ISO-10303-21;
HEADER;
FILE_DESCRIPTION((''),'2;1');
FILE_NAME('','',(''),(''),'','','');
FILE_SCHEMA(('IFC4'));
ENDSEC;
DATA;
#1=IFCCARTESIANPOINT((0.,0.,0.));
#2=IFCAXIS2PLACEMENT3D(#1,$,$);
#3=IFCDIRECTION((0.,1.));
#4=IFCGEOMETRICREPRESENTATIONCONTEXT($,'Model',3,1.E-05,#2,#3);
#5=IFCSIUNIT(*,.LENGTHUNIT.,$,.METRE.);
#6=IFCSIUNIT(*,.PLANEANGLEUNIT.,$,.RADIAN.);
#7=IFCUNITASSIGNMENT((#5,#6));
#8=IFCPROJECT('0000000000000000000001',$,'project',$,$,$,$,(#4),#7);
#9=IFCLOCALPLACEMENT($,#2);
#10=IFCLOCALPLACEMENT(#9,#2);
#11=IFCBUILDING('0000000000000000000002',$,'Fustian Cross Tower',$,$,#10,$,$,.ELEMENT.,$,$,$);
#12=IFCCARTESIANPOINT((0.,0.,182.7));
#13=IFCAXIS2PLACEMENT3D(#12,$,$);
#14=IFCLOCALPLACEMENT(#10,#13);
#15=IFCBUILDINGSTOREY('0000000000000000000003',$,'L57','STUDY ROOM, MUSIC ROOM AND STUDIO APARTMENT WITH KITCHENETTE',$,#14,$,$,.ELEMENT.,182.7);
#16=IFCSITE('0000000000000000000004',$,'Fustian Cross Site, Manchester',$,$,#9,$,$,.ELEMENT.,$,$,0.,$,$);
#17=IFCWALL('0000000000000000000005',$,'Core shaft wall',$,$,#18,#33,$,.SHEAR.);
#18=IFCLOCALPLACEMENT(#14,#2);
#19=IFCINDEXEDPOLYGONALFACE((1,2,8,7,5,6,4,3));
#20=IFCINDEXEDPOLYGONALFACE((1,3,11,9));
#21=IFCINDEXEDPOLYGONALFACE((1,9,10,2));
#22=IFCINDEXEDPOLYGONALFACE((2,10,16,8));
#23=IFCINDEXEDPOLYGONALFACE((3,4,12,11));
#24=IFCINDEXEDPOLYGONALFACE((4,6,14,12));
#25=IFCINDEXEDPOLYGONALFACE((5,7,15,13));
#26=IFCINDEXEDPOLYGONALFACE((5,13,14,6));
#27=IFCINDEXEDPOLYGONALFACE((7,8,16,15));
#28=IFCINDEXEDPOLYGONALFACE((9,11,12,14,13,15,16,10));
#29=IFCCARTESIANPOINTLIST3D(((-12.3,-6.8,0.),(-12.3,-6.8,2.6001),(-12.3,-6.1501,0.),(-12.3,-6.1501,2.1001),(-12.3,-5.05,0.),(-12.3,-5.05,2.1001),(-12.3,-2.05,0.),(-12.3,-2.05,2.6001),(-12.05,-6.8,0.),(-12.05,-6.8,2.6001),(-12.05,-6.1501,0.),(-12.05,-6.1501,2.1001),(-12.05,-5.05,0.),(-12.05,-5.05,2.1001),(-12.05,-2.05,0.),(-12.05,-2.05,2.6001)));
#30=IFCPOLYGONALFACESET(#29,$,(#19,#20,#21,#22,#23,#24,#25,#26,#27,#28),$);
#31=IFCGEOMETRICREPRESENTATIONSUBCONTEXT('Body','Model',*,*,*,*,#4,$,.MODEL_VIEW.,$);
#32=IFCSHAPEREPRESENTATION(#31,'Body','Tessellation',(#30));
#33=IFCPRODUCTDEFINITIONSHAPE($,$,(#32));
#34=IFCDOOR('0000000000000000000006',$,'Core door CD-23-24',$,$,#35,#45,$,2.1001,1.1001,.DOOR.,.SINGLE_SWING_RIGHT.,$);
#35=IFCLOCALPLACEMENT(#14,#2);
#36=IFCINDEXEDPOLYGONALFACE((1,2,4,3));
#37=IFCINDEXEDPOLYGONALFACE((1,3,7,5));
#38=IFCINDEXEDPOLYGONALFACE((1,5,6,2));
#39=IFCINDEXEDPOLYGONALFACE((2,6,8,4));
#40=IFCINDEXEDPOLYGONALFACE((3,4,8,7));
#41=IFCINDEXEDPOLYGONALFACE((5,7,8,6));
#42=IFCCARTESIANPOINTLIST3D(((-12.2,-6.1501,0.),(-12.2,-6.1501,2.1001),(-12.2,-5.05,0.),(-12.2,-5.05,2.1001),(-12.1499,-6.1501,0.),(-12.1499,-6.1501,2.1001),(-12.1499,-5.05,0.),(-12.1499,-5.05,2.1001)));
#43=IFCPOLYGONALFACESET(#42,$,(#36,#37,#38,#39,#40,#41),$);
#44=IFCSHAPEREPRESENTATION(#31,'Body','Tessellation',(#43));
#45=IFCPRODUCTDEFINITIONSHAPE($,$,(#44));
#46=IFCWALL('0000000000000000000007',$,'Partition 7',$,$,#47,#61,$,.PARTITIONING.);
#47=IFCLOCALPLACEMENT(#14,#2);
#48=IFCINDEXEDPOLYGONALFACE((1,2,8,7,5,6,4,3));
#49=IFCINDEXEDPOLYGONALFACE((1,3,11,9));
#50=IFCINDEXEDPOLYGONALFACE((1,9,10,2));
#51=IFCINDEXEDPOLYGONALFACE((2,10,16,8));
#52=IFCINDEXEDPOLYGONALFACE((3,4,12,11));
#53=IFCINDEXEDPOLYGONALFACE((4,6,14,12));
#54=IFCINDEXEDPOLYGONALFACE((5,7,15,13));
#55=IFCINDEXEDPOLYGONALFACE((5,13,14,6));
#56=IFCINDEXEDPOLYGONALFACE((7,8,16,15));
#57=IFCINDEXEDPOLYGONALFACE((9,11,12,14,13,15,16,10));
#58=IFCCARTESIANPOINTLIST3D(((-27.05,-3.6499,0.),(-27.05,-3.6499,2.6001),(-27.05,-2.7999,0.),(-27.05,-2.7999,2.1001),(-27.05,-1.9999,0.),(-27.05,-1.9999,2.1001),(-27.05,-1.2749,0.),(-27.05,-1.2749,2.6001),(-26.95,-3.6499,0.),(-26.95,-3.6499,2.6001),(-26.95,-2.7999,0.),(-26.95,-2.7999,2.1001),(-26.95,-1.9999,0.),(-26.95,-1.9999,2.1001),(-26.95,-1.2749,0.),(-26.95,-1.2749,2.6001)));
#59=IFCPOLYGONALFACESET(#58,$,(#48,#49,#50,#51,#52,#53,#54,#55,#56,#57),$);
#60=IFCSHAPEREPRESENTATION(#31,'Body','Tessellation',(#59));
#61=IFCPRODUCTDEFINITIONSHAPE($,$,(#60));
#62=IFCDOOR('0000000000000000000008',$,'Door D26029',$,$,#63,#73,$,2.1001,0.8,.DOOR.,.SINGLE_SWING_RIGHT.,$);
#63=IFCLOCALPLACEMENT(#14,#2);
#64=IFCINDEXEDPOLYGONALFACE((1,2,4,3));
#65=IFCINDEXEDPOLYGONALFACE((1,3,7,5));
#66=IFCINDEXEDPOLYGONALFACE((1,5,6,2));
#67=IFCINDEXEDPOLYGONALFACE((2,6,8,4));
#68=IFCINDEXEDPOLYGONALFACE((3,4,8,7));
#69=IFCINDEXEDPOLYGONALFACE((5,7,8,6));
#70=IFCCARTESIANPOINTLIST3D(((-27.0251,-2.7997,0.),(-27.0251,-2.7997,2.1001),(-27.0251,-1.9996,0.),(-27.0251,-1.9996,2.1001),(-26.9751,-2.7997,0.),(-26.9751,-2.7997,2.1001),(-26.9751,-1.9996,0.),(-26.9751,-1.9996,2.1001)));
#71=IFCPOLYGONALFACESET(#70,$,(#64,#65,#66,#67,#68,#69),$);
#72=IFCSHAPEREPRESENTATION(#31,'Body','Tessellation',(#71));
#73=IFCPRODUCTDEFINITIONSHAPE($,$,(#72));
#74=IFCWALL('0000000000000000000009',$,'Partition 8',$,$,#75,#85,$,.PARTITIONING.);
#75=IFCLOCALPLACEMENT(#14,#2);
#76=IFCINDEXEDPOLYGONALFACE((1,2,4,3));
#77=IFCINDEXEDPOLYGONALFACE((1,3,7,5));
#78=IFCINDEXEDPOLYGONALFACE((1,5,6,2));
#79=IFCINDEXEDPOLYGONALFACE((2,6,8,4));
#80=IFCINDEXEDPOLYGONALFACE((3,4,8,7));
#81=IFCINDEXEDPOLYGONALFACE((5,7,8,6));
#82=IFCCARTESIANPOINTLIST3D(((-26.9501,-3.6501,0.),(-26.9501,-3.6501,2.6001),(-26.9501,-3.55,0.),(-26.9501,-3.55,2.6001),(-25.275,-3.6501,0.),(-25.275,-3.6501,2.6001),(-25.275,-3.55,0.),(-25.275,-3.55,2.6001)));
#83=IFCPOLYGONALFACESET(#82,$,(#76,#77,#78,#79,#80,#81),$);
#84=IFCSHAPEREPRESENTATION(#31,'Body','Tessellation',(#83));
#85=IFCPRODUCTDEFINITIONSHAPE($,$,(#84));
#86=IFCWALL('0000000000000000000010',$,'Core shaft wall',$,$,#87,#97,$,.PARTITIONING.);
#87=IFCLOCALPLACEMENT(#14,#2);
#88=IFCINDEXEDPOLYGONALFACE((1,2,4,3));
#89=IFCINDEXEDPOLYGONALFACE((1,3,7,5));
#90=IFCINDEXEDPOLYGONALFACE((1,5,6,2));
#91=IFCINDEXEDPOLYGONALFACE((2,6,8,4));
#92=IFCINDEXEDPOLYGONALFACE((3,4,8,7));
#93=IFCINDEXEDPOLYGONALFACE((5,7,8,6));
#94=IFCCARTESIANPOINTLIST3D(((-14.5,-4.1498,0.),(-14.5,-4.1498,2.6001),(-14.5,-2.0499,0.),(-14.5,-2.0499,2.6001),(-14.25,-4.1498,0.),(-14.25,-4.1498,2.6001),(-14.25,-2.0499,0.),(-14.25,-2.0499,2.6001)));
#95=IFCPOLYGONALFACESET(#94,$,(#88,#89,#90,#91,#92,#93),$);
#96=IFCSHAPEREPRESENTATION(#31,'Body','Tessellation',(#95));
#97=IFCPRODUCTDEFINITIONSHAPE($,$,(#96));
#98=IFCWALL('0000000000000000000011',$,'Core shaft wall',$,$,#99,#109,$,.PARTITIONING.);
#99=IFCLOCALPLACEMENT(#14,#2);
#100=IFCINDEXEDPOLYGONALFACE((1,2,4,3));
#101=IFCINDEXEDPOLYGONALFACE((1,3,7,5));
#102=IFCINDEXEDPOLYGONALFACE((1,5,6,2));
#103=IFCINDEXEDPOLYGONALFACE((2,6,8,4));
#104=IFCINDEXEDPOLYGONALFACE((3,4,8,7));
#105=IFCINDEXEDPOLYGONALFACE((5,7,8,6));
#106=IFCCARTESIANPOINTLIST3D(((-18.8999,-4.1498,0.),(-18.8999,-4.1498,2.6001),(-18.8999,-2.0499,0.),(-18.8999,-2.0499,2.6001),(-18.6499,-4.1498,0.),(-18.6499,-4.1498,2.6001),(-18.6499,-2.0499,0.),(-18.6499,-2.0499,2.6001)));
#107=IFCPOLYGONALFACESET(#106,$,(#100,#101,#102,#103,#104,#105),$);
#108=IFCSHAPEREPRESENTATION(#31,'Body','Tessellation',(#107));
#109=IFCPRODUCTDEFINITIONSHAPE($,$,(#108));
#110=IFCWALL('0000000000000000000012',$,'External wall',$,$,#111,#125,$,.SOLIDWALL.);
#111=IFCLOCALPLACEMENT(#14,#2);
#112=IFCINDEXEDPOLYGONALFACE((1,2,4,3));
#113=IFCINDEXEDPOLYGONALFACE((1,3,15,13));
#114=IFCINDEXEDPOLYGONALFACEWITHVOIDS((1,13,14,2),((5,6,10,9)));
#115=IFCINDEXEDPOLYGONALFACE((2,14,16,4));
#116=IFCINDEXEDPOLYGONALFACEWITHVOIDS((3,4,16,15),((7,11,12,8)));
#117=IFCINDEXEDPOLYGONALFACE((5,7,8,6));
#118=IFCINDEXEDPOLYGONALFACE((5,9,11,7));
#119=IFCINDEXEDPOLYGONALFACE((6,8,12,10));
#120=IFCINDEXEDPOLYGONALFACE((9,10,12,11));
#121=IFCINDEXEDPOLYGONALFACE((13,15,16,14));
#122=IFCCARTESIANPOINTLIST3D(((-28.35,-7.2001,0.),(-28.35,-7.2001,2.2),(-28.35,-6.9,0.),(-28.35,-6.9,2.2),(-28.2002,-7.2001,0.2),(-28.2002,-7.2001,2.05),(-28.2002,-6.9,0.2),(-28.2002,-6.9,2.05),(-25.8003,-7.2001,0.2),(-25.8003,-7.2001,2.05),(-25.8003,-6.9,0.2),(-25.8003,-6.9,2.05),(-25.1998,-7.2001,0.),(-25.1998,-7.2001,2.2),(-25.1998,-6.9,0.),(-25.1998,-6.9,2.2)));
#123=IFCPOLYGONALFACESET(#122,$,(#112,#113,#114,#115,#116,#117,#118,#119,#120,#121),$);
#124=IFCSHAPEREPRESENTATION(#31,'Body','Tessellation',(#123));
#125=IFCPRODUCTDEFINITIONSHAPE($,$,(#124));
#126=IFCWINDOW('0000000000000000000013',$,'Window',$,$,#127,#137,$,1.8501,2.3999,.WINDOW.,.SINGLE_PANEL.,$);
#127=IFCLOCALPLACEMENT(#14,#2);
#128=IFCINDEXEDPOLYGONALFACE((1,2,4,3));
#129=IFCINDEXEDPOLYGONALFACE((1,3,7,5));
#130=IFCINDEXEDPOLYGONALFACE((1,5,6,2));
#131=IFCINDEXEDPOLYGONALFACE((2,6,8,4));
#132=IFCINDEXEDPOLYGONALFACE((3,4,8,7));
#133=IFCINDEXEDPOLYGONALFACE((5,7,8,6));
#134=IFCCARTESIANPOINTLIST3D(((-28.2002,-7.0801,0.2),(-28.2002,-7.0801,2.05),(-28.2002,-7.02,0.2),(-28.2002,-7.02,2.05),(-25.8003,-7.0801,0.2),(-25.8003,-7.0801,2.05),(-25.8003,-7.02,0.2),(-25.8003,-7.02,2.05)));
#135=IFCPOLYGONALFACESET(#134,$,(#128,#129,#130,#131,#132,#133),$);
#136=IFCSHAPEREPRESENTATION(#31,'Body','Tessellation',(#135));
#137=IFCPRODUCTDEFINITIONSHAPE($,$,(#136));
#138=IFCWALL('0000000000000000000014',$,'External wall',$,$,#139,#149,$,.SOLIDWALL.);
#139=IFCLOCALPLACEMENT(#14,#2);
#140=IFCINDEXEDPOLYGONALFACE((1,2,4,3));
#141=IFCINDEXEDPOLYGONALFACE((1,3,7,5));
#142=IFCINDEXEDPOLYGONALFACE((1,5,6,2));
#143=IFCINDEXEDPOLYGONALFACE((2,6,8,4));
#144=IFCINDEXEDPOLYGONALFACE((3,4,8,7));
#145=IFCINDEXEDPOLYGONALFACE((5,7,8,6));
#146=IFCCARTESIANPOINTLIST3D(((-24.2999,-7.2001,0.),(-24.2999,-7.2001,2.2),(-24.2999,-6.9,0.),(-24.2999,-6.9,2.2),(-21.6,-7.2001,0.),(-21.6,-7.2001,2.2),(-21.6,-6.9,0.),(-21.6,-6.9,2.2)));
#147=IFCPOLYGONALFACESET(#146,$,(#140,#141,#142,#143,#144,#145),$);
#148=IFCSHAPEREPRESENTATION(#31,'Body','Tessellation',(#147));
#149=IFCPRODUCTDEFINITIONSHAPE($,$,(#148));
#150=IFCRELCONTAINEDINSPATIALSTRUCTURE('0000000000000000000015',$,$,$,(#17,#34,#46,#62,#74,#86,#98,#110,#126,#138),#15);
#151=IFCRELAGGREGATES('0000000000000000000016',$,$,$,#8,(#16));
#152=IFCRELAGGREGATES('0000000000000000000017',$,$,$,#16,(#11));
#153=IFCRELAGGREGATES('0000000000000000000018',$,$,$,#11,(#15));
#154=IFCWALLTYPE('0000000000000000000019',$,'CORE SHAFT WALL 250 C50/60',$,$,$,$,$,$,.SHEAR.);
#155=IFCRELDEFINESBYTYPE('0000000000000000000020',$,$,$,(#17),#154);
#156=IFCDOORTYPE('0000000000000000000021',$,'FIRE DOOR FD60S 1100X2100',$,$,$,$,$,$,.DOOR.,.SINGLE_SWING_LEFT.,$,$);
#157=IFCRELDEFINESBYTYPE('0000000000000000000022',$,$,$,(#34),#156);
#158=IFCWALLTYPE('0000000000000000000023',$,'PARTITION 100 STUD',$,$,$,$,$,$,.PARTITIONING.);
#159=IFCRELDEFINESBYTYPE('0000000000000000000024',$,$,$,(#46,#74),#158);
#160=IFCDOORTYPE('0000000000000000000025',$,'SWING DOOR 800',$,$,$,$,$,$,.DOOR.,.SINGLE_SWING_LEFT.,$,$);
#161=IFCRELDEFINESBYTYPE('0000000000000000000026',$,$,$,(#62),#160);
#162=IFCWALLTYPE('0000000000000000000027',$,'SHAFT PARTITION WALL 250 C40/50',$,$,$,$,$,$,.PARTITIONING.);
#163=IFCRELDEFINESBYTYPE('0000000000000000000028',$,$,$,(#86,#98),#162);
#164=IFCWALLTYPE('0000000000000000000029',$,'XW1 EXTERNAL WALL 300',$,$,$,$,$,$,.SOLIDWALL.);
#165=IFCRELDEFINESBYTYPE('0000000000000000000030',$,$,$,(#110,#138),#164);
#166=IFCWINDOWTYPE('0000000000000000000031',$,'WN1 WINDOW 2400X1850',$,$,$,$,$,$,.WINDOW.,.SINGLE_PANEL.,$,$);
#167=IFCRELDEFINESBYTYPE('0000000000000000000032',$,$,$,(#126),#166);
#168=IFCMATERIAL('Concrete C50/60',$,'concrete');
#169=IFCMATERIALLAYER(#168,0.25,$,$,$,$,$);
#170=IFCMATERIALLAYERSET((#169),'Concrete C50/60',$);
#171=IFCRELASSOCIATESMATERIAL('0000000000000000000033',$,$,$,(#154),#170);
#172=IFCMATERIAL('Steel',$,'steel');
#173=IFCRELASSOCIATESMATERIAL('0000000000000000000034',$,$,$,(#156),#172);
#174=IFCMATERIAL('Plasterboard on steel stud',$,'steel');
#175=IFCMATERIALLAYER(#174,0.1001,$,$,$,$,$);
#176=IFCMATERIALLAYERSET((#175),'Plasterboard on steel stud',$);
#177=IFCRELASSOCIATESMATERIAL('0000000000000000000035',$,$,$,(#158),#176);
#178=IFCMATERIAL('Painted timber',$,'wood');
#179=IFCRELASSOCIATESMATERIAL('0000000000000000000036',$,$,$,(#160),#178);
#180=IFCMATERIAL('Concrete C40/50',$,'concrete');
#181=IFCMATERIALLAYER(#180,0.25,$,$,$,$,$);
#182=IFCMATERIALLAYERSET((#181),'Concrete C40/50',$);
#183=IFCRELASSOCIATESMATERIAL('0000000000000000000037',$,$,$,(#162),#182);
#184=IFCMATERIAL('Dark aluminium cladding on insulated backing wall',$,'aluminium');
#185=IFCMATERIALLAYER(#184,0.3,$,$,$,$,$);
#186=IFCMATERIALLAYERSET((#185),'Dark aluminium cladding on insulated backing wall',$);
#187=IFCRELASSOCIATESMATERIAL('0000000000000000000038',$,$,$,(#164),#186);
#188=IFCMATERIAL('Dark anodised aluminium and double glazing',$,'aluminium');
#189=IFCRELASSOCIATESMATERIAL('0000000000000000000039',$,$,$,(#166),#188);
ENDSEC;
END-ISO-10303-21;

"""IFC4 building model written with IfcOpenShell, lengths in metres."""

from ifc_helpers import new_model, si_unit, direction, frame, frame_2d, origin, place, context, subcontext, project, spatial, rectangle, extrude, material, layer, layer_set, type_object, element, fill, save


model = new_model("IFC4")

# Units and contexts
model_context = context("Model", 3, precision=1e-05, world=origin(), true_north=direction((0.0, 1.0)))
body_context = subcontext(model_context, "Body", "Model", "MODEL_VIEW")
ifc_project = project(units=[si_unit("LENGTHUNIT", "METRE"), si_unit("PLANEANGLEUNIT", "RADIAN")], contexts=[model_context])

# Site, building, storey
site_placement = place(None, origin())
site = spatial("IfcSite", under=ifc_project, at=site_placement, Name="Fustian Cross Site, Manchester", CompositionType="ELEMENT", RefElevation=0.0)
building_placement = place(site_placement, origin())
building = spatial("IfcBuilding", under=site, at=building_placement, Name="Fustian Cross Tower", CompositionType="ELEMENT")
storey_placement = place(building_placement, frame((0.0, 0.0, 182.7)))
storey = spatial("IfcBuildingStorey", under=building, at=storey_placement, Name="L57", Description="STUDY ROOM, MUSIC ROOM AND STUDIO APARTMENT WITH KITCHENETTE", CompositionType="ELEMENT", Elevation=182.7)

# Shared definitions
ifc_material_1 = material(Name="Concrete C50/60", Category="concrete")
ifc_layer_1 = layer(ifc_material_1, 0.25)
ifc_layer_set_1 = layer_set([ifc_layer_1], Name="Concrete C50/60")
wall_type_1 = type_object("IfcWallType", Name="CORE SHAFT WALL 250 C50/60", PredefinedType="SHEAR", material=ifc_layer_set_1)

# Walls, openings, doors
wall_1_placement = place(storey_placement, frame((-12.175, -2.05, 0.0), z_axis=(0.0, 0.0, 1.0), x_axis=(0.0, -1.0, 0.0)))
wall_1 = element("IfcWall", 1, at=wall_1_placement, inside=storey, type_object=wall_type_1, Name="Core shaft wall", PredefinedType="SHEAR", context=body_context, shape_type="SweptSolid", body=[
    extrude(rectangle(XDim=4.75, YDim=0.25, at=frame_2d((2.375, 0.0))), origin(), (0.0, 0.0, 1.0), 2.6001),
])
opening_1_placement = place(wall_1_placement, frame((3.0, 0.0, 0.0)))
opening_1 = element("IfcOpeningElement", 2, at=opening_1_placement, cuts=wall_1, PredefinedType="OPENING", context=body_context, shape_type="SweptSolid", body=[
    extrude(rectangle(XDim=1.1001, YDim=2.1001, at=frame_2d((0.55, 1.05))), frame((0.0, 0.135, 0.0), z_axis=(0.0, -1.0, 0.0), x_axis=(1.0, 0.0, 0.0)), (0.0, 0.0, 1.0), 0.27),
])
ifc_material_2 = material(Name="Steel", Category="steel")
door_type_1 = type_object("IfcDoorType", Name="FIRE DOOR FD60S 1100X2100", OperationType="SINGLE_SWING_LEFT", PredefinedType="DOOR", material=ifc_material_2)
door_1_placement = place(opening_1_placement, frame((1.1001, 0.0, 0.0), z_axis=(0.0, 0.0, 1.0), x_axis=(-1.0, 0.0, 0.0)))
door_1 = element("IfcDoor", 3, at=door_1_placement, inside=storey, type_object=door_type_1, Name="Core door CD-23-24", OperationType="SINGLE_SWING_RIGHT", OverallHeight=2.1001, OverallWidth=1.1001, PredefinedType="DOOR", context=body_context, shape_type="SweptSolid", body=[
    extrude(rectangle(XDim=1.1001, YDim=2.1001, at=frame_2d((0.55, 1.05))), frame((0.0, 0.0249, 0.0), z_axis=(0.0, -1.0, 0.0), x_axis=(1.0, 0.0, 0.0)), (0.0, 0.0, 1.0), 0.05),
])
fill(opening_1, door_1)
ifc_material_3 = material(Name="Plasterboard on steel stud", Category="steel")
ifc_layer_2 = layer(ifc_material_3, 0.1001)
ifc_layer_set_2 = layer_set([ifc_layer_2], Name="Plasterboard on steel stud")
wall_type_2 = type_object("IfcWallType", Name="PARTITION 100 STUD", PredefinedType="PARTITIONING", material=ifc_layer_set_2)
wall_2_placement = place(storey_placement, frame((-27.0, -3.6499, 0.0), z_axis=(0.0, 0.0, 1.0), x_axis=(0.0, 1.0, 0.0)))
wall_2 = element("IfcWall", 4, at=wall_2_placement, inside=storey, type_object=wall_type_2, Name="Partition 7", PredefinedType="PARTITIONING", context=body_context, shape_type="SweptSolid", body=[
    extrude(rectangle(XDim=2.375, YDim=0.1001, at=frame_2d((1.1875, 0.0))), origin(), (0.0, 0.0, 1.0), 2.6001),
])
opening_2_placement = place(wall_2_placement, frame((0.8501, 0.0, 0.0)))
opening_2 = element("IfcOpeningElement", 5, at=opening_2_placement, cuts=wall_2, PredefinedType="OPENING", context=body_context, shape_type="SweptSolid", body=[
    extrude(rectangle(XDim=0.8, YDim=2.1001, at=frame_2d((0.3999, 1.05))), frame((0.0, 0.0601, 0.0), z_axis=(0.0, -1.0, 0.0), x_axis=(1.0, 0.0, 0.0)), (0.0, 0.0, 1.0), 0.1201),
])
ifc_material_4 = material(Name="Painted timber", Category="wood")
door_type_2 = type_object("IfcDoorType", Name="SWING DOOR 800", OperationType="SINGLE_SWING_LEFT", PredefinedType="DOOR", material=ifc_material_4)
door_2_placement = place(opening_2_placement, frame((0.8, 0.0, 0.0), z_axis=(0.0, 0.0, 1.0), x_axis=(-1.0, 0.0, 0.0)))
door_2 = element("IfcDoor", 6, at=door_2_placement, inside=storey, type_object=door_type_2, Name="Door D26029", OperationType="SINGLE_SWING_RIGHT", OverallHeight=2.1001, OverallWidth=0.8, PredefinedType="DOOR", context=body_context, shape_type="SweptSolid", body=[
    extrude(rectangle(XDim=0.8, YDim=2.1001, at=frame_2d((0.3999, 1.05))), frame((0.0, 0.0249, 0.0), z_axis=(0.0, -1.0, 0.0), x_axis=(1.0, 0.0, 0.0)), (0.0, 0.0, 1.0), 0.05),
])
fill(opening_2, door_2)

# Walls
wall_3_placement = place(storey_placement, frame((-26.95, -3.6001, 0.0), z_axis=(0.0, 0.0, 1.0), x_axis=(1.0, 0.0, 0.0)))
element("IfcWall", 7, at=wall_3_placement, inside=storey, type_object=wall_type_2, Name="Partition 8", PredefinedType="PARTITIONING", context=body_context, shape_type="SweptSolid", body=[
    extrude(rectangle(XDim=1.675, YDim=0.1001, at=frame_2d((0.8374, 0.0))), origin(), (0.0, 0.0, 1.0), 2.6001),
])
ifc_material_5 = material(Name="Concrete C40/50", Category="concrete")
ifc_layer_3 = layer(ifc_material_5, 0.25)
ifc_layer_set_3 = layer_set([ifc_layer_3], Name="Concrete C40/50")
wall_type_3 = type_object("IfcWallType", Name="SHAFT PARTITION WALL 250 C40/50", PredefinedType="PARTITIONING", material=ifc_layer_set_3)
for number, where, z_axis, x_axis, name in (
    (8, (-14.375, -2.05, 0.0), (0.0, 0.0, 1.0), (0.0, -1.0, 0.0), "Core shaft wall"),
    (9, (-18.7749, -2.05, 0.0), (0.0, 0.0, 1.0), (0.0, -1.0, 0.0), "Core shaft wall"),
):
    element("IfcWall", number, at=place(storey_placement, frame(where, z_axis=z_axis, x_axis=x_axis)), inside=storey, type_object=wall_type_3, Name=name, PredefinedType="PARTITIONING", context=body_context, shape_type="SweptSolid", body=[
        extrude(rectangle(XDim=2.0999, YDim=0.25, at=frame_2d((1.0498, 0.0))), origin(), (0.0, 0.0, 1.0), 2.6001),
    ])

# Wall, opening, window
ifc_material_6 = material(Name="Dark aluminium cladding on insulated backing wall", Category="aluminium")
ifc_layer_4 = layer(ifc_material_6, 0.3)
ifc_layer_set_4 = layer_set([ifc_layer_4], Name="Dark aluminium cladding on insulated backing wall")
wall_type_4 = type_object("IfcWallType", Name="XW1 EXTERNAL WALL 300", PredefinedType="SOLIDWALL", material=ifc_layer_set_4)
wall_4_placement = place(storey_placement, frame((-28.3501, -7.05, 0.0), z_axis=(0.0, 0.0, 1.0), x_axis=(1.0, 0.0, 0.0)))
wall_4 = element("IfcWall", 10, at=wall_4_placement, inside=storey, type_object=wall_type_4, Name="External wall", PredefinedType="SOLIDWALL", context=body_context, shape_type="SweptSolid", body=[
    extrude(rectangle(XDim=3.1501, YDim=0.3, at=frame_2d((1.5752, 0.0))), origin(), (0.0, 0.0, 1.0), 2.2),
])
opening_3_placement = place(wall_4_placement, frame((0.1499, 0.0, 0.2)))
opening_3 = element("IfcOpeningElement", 11, at=opening_3_placement, cuts=wall_4, PredefinedType="OPENING", context=body_context, shape_type="SweptSolid", body=[
    extrude(rectangle(XDim=2.3999, YDim=1.8501, at=frame_2d((1.2, 0.925))), frame((0.0, 0.1599, 0.0), z_axis=(0.0, -1.0, 0.0), x_axis=(1.0, 0.0, 0.0)), (0.0, 0.0, 1.0), 0.3201),
])
ifc_material_7 = material(Name="Dark anodised aluminium and double glazing", Category="aluminium")
window_type = type_object("IfcWindowType", Name="WN1 WINDOW 2400X1850", PartitioningType="SINGLE_PANEL", PredefinedType="WINDOW", material=ifc_material_7)
window_placement = place(opening_3_placement, origin())
window = element("IfcWindow", 12, at=window_placement, inside=storey, type_object=window_type, Name="Window", OverallHeight=1.8501, OverallWidth=2.3999, PartitioningType="SINGLE_PANEL", PredefinedType="WINDOW", context=body_context, shape_type="SweptSolid", body=[
    extrude(rectangle(XDim=2.3999, YDim=1.8501, at=frame_2d((1.2, 0.925))), frame((0.0, 0.03, 0.0), z_axis=(0.0, -1.0, 0.0), x_axis=(1.0, 0.0, 0.0)), (0.0, 0.0, 1.0), 0.0601),
])
fill(opening_3, window)

# Wall
wall_5_placement = place(storey_placement, frame((-24.3, -7.05, 0.0), z_axis=(0.0, 0.0, 1.0), x_axis=(1.0, 0.0, 0.0)))
element("IfcWall", 13, at=wall_5_placement, inside=storey, type_object=wall_type_4, Name="External wall", PredefinedType="SOLIDWALL", context=body_context, shape_type="SweptSolid", body=[
    extrude(rectangle(XDim=2.7, YDim=0.3, at=frame_2d((1.3501, 0.0))), origin(), (0.0, 0.0, 1.0), 2.2),
])

save(model, "model.ifc")
